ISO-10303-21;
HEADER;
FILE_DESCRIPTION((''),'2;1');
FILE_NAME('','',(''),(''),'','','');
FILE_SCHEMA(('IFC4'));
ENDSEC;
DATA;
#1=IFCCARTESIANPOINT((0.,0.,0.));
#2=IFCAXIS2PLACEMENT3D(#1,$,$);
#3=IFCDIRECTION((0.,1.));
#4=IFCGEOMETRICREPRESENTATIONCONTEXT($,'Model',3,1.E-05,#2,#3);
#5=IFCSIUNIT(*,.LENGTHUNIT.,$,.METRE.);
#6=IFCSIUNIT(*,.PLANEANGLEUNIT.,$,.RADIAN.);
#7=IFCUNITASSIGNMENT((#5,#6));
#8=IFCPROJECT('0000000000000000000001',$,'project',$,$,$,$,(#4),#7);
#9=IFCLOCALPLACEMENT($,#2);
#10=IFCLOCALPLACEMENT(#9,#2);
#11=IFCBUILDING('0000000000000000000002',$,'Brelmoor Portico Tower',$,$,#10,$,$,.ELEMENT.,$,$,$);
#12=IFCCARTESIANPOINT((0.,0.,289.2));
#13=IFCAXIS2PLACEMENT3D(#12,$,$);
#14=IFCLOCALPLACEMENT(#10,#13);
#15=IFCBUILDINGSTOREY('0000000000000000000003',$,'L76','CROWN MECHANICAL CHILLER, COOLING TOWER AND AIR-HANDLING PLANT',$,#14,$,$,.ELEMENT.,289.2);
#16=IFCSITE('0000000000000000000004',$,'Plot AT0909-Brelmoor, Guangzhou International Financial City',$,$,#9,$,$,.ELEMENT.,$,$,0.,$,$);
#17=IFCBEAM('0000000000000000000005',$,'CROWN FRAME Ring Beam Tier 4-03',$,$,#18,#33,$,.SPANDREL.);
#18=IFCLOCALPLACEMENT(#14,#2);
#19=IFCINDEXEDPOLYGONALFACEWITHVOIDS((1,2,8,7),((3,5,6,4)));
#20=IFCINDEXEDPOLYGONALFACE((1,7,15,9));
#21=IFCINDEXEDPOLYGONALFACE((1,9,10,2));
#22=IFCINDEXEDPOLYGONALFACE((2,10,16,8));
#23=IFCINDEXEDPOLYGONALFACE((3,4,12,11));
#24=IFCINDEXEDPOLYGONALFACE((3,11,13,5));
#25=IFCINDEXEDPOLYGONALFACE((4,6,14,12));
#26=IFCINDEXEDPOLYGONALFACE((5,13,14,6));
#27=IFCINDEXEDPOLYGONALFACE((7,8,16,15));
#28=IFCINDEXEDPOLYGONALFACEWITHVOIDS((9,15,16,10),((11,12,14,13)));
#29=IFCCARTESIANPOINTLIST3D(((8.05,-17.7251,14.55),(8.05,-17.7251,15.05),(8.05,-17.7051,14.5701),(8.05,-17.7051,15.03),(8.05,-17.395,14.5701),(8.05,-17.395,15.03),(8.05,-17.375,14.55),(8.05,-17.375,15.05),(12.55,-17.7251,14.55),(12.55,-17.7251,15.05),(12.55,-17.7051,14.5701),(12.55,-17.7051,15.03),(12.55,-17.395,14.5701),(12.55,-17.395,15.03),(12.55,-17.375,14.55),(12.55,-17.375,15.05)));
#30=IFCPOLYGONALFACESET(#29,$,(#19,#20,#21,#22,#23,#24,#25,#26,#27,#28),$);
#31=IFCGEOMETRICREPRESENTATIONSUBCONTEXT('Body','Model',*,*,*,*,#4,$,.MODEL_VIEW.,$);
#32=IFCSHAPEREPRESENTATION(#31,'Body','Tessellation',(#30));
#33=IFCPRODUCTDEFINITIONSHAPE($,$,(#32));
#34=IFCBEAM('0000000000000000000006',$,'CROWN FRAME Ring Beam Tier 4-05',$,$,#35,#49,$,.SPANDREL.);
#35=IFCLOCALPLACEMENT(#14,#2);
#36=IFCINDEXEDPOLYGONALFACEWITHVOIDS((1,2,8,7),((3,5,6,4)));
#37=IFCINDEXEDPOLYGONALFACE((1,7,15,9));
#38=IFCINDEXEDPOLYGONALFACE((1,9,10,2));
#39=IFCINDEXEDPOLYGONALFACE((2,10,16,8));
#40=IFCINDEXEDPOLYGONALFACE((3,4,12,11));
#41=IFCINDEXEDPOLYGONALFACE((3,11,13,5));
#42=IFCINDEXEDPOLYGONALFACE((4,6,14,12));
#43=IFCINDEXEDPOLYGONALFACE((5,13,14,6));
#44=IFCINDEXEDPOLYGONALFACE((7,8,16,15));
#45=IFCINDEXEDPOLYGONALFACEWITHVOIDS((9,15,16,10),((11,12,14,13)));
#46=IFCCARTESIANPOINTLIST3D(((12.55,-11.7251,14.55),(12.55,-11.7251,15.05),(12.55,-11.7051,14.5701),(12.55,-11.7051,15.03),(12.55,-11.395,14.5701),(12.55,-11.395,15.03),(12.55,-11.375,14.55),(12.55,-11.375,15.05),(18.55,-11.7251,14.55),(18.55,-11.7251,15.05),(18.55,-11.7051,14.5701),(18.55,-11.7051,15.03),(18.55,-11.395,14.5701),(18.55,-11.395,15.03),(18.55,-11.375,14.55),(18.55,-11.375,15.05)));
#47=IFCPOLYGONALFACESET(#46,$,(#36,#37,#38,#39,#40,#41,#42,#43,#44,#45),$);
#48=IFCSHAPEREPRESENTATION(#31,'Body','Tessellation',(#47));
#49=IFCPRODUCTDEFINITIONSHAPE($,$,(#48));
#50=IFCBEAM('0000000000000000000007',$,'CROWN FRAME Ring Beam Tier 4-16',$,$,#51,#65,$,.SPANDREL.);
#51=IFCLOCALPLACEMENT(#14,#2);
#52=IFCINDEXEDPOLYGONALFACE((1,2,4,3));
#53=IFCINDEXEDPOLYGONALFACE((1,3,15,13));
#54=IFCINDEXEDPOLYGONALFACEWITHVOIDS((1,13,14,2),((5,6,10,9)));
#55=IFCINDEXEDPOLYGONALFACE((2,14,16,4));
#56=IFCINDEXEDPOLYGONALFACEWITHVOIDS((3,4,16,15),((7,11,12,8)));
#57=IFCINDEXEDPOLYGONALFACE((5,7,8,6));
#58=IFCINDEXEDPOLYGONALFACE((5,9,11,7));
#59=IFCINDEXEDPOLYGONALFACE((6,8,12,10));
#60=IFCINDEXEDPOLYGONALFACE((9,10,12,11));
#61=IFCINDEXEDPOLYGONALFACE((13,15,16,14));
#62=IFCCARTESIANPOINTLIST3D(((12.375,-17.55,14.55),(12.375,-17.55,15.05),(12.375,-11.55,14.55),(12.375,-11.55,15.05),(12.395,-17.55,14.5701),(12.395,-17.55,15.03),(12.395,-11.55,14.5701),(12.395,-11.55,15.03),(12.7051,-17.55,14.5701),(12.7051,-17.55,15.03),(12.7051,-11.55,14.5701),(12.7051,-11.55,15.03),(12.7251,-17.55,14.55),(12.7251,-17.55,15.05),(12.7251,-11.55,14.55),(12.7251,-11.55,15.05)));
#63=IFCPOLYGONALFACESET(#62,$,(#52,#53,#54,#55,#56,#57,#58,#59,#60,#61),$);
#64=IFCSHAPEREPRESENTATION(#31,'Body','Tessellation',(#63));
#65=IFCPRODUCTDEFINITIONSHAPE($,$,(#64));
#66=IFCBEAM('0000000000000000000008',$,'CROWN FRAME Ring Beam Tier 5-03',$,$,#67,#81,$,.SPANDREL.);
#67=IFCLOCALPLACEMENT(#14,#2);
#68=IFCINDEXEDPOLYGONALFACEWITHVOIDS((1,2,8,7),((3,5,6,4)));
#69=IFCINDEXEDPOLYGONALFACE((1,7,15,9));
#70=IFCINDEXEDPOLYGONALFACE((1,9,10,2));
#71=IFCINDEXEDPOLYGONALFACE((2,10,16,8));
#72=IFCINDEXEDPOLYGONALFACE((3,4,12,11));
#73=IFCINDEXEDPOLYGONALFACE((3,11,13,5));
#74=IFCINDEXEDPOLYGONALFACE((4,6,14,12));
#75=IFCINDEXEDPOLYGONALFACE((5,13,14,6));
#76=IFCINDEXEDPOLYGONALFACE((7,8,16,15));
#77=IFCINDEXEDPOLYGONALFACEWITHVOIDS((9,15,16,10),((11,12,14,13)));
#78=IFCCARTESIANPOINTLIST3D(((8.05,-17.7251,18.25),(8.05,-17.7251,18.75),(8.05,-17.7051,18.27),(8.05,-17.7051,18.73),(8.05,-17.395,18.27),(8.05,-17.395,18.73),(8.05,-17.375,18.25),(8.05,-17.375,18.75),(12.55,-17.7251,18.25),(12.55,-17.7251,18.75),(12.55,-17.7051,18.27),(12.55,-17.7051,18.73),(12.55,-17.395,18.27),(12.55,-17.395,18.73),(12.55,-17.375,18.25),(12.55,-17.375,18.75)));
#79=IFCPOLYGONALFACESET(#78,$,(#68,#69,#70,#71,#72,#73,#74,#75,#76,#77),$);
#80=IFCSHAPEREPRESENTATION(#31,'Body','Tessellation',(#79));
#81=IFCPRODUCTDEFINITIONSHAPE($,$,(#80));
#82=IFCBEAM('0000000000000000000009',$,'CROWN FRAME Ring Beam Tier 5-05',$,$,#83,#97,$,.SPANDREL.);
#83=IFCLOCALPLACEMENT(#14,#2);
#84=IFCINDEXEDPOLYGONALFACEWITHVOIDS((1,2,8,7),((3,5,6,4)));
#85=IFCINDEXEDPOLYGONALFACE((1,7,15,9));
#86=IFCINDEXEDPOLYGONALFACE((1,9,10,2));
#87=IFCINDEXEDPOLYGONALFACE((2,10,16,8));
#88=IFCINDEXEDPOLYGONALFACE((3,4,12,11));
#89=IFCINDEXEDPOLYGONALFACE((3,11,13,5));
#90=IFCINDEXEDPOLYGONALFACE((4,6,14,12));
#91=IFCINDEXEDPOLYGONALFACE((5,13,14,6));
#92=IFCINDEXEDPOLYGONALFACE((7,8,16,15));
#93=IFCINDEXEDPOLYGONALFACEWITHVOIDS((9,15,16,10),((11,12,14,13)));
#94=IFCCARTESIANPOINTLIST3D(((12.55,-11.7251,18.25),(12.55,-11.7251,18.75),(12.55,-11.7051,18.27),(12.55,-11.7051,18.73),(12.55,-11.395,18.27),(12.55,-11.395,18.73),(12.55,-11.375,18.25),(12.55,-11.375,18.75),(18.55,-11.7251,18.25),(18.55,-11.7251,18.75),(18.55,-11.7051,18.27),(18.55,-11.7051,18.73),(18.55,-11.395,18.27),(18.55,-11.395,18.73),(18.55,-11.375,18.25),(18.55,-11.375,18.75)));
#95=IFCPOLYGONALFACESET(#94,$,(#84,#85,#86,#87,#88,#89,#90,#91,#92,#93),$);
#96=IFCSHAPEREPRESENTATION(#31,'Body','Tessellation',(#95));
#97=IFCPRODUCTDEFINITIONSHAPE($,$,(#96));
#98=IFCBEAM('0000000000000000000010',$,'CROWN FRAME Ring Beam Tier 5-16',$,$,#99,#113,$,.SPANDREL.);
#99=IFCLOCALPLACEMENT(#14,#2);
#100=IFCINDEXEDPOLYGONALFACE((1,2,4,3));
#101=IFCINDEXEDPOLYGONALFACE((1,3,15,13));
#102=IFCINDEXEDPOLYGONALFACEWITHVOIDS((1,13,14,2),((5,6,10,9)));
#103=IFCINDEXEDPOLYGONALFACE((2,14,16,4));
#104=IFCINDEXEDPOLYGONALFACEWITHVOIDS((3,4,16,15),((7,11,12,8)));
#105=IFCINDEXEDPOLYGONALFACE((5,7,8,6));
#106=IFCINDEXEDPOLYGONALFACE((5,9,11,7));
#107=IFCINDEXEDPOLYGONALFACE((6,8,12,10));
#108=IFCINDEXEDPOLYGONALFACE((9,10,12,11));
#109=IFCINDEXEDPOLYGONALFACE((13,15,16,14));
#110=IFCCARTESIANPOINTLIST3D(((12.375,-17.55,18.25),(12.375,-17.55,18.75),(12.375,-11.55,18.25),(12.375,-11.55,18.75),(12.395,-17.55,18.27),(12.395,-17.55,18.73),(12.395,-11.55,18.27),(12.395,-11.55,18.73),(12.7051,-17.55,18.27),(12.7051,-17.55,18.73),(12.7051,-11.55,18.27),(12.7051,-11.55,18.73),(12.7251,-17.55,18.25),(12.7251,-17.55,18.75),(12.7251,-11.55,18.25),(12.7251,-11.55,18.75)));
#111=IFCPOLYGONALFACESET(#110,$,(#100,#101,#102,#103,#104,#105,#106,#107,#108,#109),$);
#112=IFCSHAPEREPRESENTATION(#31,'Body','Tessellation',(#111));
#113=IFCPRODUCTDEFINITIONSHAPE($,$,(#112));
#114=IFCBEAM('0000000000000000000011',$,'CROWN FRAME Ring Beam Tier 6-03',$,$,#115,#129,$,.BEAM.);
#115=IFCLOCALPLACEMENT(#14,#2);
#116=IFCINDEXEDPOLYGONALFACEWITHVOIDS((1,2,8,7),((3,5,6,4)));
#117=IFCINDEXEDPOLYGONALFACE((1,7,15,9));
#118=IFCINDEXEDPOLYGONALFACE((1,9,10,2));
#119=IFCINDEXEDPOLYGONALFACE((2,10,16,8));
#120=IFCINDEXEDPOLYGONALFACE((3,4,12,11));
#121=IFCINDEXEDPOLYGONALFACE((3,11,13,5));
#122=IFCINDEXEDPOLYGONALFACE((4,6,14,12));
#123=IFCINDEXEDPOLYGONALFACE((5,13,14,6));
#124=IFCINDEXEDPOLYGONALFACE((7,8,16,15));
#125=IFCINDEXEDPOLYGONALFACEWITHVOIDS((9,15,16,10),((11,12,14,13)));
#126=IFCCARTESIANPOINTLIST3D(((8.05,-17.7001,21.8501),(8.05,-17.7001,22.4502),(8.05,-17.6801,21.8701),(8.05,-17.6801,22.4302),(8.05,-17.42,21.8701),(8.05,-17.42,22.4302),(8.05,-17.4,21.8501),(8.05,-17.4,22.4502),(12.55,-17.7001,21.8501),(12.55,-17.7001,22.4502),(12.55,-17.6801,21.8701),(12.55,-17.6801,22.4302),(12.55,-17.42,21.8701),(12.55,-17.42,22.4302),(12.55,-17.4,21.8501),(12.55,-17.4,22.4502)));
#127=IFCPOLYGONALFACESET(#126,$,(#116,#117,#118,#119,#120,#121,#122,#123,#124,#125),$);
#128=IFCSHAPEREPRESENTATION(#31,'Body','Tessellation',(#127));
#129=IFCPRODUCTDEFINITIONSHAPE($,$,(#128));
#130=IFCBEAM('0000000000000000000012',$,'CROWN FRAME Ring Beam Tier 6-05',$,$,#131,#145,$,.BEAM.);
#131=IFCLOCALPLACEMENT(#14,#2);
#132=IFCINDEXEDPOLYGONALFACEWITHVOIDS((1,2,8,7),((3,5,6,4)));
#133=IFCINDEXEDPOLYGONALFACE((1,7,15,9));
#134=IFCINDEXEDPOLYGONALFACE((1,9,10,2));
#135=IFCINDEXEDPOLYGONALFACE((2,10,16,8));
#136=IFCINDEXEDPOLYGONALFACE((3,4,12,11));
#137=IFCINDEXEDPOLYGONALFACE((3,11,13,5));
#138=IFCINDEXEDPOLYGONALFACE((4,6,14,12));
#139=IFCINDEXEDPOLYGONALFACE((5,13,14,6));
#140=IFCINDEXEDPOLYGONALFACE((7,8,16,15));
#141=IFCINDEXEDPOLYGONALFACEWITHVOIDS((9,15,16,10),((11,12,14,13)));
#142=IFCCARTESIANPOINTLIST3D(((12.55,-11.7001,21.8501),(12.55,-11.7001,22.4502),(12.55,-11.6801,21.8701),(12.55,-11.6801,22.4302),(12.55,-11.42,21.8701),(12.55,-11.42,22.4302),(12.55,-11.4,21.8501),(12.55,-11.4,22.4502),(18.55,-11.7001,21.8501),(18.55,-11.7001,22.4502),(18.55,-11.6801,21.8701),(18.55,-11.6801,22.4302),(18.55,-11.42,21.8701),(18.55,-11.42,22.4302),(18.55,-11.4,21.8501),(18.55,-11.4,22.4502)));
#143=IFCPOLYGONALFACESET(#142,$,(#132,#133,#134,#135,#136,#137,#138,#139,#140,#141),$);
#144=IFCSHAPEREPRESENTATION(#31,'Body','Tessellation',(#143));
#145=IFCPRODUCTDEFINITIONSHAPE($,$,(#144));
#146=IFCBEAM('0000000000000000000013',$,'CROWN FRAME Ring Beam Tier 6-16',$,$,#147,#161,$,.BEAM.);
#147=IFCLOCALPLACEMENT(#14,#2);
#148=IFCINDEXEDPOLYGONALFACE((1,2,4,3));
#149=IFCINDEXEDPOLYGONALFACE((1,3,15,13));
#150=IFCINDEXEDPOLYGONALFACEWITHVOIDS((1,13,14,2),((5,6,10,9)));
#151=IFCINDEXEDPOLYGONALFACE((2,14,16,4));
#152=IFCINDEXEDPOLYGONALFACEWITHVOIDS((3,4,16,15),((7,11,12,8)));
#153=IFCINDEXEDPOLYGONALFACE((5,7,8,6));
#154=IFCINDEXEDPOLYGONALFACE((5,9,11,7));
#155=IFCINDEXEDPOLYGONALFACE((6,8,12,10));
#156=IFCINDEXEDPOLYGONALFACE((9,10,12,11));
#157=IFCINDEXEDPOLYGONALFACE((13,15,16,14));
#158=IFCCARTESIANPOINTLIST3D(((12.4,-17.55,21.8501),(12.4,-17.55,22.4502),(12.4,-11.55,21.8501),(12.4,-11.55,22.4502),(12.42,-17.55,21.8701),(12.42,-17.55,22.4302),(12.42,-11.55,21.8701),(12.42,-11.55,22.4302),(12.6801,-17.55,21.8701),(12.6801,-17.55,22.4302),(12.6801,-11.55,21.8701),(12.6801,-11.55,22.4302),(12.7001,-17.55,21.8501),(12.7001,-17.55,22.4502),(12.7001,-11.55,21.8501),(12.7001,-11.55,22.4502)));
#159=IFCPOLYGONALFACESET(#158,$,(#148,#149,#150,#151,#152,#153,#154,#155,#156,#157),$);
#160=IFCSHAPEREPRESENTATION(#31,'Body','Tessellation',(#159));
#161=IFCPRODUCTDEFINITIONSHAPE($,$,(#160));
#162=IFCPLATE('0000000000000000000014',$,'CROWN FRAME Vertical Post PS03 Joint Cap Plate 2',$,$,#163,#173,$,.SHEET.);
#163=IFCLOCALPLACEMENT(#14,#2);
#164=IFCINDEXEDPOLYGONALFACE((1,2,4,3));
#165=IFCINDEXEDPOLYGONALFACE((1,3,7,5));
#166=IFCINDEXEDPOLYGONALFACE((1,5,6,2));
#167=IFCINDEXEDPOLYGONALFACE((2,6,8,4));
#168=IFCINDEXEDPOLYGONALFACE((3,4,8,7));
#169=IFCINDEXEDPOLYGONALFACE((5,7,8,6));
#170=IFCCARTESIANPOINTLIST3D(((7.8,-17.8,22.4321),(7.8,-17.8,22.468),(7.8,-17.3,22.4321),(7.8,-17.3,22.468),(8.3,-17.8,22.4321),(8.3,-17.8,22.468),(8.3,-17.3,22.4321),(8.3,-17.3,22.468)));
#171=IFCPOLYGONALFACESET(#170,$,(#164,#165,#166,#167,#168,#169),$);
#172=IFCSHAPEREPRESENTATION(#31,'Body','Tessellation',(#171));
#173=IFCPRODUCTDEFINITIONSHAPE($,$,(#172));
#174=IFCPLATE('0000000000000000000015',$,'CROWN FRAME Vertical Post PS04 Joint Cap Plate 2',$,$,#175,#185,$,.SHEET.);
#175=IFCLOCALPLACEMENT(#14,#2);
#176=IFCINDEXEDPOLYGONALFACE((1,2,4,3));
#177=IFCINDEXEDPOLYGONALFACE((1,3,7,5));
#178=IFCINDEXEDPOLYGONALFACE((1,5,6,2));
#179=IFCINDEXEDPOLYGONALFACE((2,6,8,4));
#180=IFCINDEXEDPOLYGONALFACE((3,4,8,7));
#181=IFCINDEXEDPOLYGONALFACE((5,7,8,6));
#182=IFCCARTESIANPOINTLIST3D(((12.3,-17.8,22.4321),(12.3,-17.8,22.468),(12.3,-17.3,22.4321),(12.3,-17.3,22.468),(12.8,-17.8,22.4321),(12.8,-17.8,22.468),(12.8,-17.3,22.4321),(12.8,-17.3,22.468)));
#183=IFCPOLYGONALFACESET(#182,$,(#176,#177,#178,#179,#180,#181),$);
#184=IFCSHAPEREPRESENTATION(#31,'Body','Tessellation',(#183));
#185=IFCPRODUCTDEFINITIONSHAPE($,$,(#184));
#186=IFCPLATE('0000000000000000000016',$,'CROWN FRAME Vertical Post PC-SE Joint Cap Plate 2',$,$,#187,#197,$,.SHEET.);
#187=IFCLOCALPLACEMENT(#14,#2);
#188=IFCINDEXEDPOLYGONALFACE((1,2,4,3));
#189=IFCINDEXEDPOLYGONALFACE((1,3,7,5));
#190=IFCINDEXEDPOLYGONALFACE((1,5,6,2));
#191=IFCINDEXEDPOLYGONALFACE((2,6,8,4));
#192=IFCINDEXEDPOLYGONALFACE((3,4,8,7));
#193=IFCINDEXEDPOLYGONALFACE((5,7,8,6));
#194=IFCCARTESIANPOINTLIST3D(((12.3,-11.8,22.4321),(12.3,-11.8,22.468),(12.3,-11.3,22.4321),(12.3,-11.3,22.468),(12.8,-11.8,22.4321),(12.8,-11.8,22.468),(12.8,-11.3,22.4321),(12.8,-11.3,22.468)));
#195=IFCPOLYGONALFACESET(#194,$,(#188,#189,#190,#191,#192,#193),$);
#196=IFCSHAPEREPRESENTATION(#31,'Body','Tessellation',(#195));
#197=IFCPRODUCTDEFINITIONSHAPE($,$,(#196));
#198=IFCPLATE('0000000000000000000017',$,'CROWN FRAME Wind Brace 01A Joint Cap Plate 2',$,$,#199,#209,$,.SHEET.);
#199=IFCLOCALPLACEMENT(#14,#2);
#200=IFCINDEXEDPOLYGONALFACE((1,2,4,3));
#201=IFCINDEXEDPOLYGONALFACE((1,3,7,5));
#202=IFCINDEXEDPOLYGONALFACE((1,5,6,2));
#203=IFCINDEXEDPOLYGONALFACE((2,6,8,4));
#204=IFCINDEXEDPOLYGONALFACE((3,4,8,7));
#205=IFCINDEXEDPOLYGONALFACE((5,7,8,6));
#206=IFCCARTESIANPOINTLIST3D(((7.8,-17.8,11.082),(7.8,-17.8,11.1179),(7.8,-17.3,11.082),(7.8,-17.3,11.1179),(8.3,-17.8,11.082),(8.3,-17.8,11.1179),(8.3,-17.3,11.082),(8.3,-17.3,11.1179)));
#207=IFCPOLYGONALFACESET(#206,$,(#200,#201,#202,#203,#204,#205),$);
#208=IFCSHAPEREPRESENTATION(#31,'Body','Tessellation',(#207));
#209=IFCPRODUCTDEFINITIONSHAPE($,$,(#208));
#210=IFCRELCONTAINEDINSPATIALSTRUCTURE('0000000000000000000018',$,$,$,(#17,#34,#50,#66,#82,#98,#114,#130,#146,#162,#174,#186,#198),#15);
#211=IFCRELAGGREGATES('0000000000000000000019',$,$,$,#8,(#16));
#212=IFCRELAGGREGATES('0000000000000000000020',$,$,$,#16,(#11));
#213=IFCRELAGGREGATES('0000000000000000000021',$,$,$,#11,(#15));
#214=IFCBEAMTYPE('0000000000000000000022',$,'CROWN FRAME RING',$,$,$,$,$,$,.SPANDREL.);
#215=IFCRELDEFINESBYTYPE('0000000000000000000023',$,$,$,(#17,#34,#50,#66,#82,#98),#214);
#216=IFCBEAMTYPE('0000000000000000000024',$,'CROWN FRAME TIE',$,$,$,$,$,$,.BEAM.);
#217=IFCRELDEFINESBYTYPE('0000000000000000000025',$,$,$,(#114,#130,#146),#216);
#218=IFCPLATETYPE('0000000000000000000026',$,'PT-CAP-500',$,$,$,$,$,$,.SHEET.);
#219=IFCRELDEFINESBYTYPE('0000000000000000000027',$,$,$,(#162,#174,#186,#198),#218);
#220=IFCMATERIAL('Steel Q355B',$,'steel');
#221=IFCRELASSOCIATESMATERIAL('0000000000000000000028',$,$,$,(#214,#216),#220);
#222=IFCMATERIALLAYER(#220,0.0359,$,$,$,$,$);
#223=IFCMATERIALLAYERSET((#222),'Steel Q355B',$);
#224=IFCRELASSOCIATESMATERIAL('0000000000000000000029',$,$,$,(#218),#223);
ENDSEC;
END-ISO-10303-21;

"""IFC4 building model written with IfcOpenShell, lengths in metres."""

from ifc_helpers import new_model, si_unit, direction, frame, origin, origin_2d, place, context, subcontext, project, spatial, rectangle, hollow_rectangle, extrude, material, layer, layer_set, material_profile, profile_set, type_object, element, save


model = new_model("IFC4")

# Units and contexts
model_context = context("Model", 3, precision=1e-05, world=origin(), true_north=direction((0.0, 1.0)))
body_context = subcontext(model_context, "Body", "Model", "MODEL_VIEW")
ifc_project = project(units=[si_unit("LENGTHUNIT", "METRE"), si_unit("PLANEANGLEUNIT", "RADIAN")], contexts=[model_context])

# Site, building, storey
site_placement = place(None, origin())
site = spatial("IfcSite", under=ifc_project, at=site_placement, Name="Plot AT0909-Brelmoor, Guangzhou International Financial City", CompositionType="ELEMENT", RefElevation=0.0)
building_placement = place(site_placement, origin())
building = spatial("IfcBuilding", under=site, at=building_placement, Name="Brelmoor Portico Tower", CompositionType="ELEMENT")
storey_placement = place(building_placement, frame((0.0, 0.0, 289.2)))
storey = spatial("IfcBuildingStorey", under=building, at=storey_placement, Name="L76", Description="CROWN MECHANICAL CHILLER, COOLING TOWER AND AIR-HANDLING PLANT", CompositionType="ELEMENT", Elevation=289.2)

# Shared definitions
ifc_material_1 = material(Name="Steel Q355B", Category="steel")

# Beams
ifc_material_profile_1 = material_profile(ifc_material_1, hollow_rectangle(XDim=0.3501, YDim=0.5, WallThickness=0.02, at=origin_2d()), Name="RHS 350x500x20")
ifc_profile_set_1 = profile_set([ifc_material_profile_1], Name="Steel Q355B")
beam_type_1 = type_object("IfcBeamType", Name="CROWN FRAME RING", PredefinedType="SPANDREL", material=ifc_profile_set_1)
beam_1_placement = place(storey_placement, frame((8.05, -17.55, 14.8), z_axis=(1.0, 0.0, 0.0), x_axis=(0.0, 1.0, 0.0)))
element("IfcBeam", 1, at=beam_1_placement, inside=storey, type_object=beam_type_1, Name="CROWN FRAME Ring Beam Tier 4-03", PredefinedType="SPANDREL", context=body_context, shape_type="SweptSolid", body=[
    extrude(hollow_rectangle(XDim=0.3501, YDim=0.5, WallThickness=0.02, at=origin_2d()), origin(), (0.0, 0.0, 1.0), 4.5),
])
for number, where, z_axis, x_axis, name in (
    (2, (12.55, -11.55, 14.8), (1.0, 0.0, 0.0), (0.0, 1.0, 0.0), "CROWN FRAME Ring Beam Tier 4-05"),
    (3, (12.55, -17.55, 14.8), (0.0, 1.0, 0.0), (-1.0, 0.0, 0.0), "CROWN FRAME Ring Beam Tier 4-16"),
):
    element("IfcBeam", number, at=place(storey_placement, frame(where, z_axis=z_axis, x_axis=x_axis)), inside=storey, type_object=beam_type_1, Name=name, PredefinedType="SPANDREL", context=body_context, shape_type="SweptSolid", body=[
        extrude(hollow_rectangle(XDim=0.3501, YDim=0.5, WallThickness=0.02, at=origin_2d()), origin(), (0.0, 0.0, 1.0), 6.0),
    ])
beam_2_placement = place(storey_placement, frame((8.05, -17.55, 18.5), z_axis=(1.0, 0.0, 0.0), x_axis=(0.0, 1.0, 0.0)))
element("IfcBeam", 4, at=beam_2_placement, inside=storey, type_object=beam_type_1, Name="CROWN FRAME Ring Beam Tier 5-03", PredefinedType="SPANDREL", context=body_context, shape_type="SweptSolid", body=[
    extrude(hollow_rectangle(XDim=0.3501, YDim=0.5, WallThickness=0.02, at=origin_2d()), origin(), (0.0, 0.0, 1.0), 4.5),
])
for number, where, z_axis, x_axis, name in (
    (5, (12.55, -11.55, 18.5), (1.0, 0.0, 0.0), (0.0, 1.0, 0.0), "CROWN FRAME Ring Beam Tier 5-05"),
    (6, (12.55, -17.55, 18.5), (0.0, 1.0, 0.0), (-1.0, 0.0, 0.0), "CROWN FRAME Ring Beam Tier 5-16"),
):
    element("IfcBeam", number, at=place(storey_placement, frame(where, z_axis=z_axis, x_axis=x_axis)), inside=storey, type_object=beam_type_1, Name=name, PredefinedType="SPANDREL", context=body_context, shape_type="SweptSolid", body=[
        extrude(hollow_rectangle(XDim=0.3501, YDim=0.5, WallThickness=0.02, at=origin_2d()), origin(), (0.0, 0.0, 1.0), 6.0),
    ])
ifc_material_profile_2 = material_profile(ifc_material_1, hollow_rectangle(XDim=0.3, YDim=0.6001, WallThickness=0.02, at=origin_2d()), Name="RHS 300x600x20")
ifc_profile_set_2 = profile_set([ifc_material_profile_2], Name="Steel Q355B")
beam_type_2 = type_object("IfcBeamType", Name="CROWN FRAME TIE", PredefinedType="BEAM", material=ifc_profile_set_2)
beam_3_placement = place(storey_placement, frame((8.05, -17.55, 22.1501), z_axis=(1.0, 0.0, 0.0), x_axis=(0.0, 1.0, 0.0)))
element("IfcBeam", 7, at=beam_3_placement, inside=storey, type_object=beam_type_2, Name="CROWN FRAME Ring Beam Tier 6-03", PredefinedType="BEAM", context=body_context, shape_type="SweptSolid", body=[
    extrude(hollow_rectangle(XDim=0.3, YDim=0.6001, WallThickness=0.02, at=origin_2d()), origin(), (0.0, 0.0, 1.0), 4.5),
])
for number, where, z_axis, x_axis, name in (
    (8, (12.55, -11.55, 22.1501), (1.0, 0.0, 0.0), (0.0, 1.0, 0.0), "CROWN FRAME Ring Beam Tier 6-05"),
    (9, (12.55, -17.55, 22.1501), (0.0, 1.0, 0.0), (-1.0, 0.0, 0.0), "CROWN FRAME Ring Beam Tier 6-16"),
):
    element("IfcBeam", number, at=place(storey_placement, frame(where, z_axis=z_axis, x_axis=x_axis)), inside=storey, type_object=beam_type_2, Name=name, PredefinedType="BEAM", context=body_context, shape_type="SweptSolid", body=[
        extrude(hollow_rectangle(XDim=0.3, YDim=0.6001, WallThickness=0.02, at=origin_2d()), origin(), (0.0, 0.0, 1.0), 6.0),
    ])

# Plates
ifc_layer_1 = layer(ifc_material_1, 0.0359)
ifc_layer_set_1 = layer_set([ifc_layer_1], Name="Steel Q355B")
plate_type_1 = type_object("IfcPlateType", Name="PT-CAP-500", PredefinedType="SHEET", material=ifc_layer_set_1)
for number, where, z_axis, x_axis, name in (
    (10, (8.05, -17.55, 22.4321), (0.0, 0.0, 1.0), (1.0, 0.0, 0.0), "CROWN FRAME Vertical Post PS03 Joint Cap Plate 2"),
    (11, (12.55, -17.55, 22.4321), (0.0, 0.0, 1.0), (1.0, 0.0, 0.0), "CROWN FRAME Vertical Post PS04 Joint Cap Plate 2"),
    (12, (12.55, -11.55, 22.4321), (0.0, 0.0, 1.0), (1.0, 0.0, 0.0), "CROWN FRAME Vertical Post PC-SE Joint Cap Plate 2"),
    (13, (8.05, -17.55, 11.082), (0.0, 0.0, 1.0), (1.0, 0.0, 0.0), "CROWN FRAME Wind Brace 01A Joint Cap Plate 2"),
):
    element("IfcPlate", number, at=place(storey_placement, frame(where, z_axis=z_axis, x_axis=x_axis)), inside=storey, type_object=plate_type_1, Name=name, PredefinedType="SHEET", context=body_context, shape_type="SweptSolid", body=[
        extrude(rectangle(XDim=0.5, YDim=0.5, at=origin_2d()), origin(), (0.0, 0.0, 1.0), 0.0359),
    ])

save(model, "model.ifc")
